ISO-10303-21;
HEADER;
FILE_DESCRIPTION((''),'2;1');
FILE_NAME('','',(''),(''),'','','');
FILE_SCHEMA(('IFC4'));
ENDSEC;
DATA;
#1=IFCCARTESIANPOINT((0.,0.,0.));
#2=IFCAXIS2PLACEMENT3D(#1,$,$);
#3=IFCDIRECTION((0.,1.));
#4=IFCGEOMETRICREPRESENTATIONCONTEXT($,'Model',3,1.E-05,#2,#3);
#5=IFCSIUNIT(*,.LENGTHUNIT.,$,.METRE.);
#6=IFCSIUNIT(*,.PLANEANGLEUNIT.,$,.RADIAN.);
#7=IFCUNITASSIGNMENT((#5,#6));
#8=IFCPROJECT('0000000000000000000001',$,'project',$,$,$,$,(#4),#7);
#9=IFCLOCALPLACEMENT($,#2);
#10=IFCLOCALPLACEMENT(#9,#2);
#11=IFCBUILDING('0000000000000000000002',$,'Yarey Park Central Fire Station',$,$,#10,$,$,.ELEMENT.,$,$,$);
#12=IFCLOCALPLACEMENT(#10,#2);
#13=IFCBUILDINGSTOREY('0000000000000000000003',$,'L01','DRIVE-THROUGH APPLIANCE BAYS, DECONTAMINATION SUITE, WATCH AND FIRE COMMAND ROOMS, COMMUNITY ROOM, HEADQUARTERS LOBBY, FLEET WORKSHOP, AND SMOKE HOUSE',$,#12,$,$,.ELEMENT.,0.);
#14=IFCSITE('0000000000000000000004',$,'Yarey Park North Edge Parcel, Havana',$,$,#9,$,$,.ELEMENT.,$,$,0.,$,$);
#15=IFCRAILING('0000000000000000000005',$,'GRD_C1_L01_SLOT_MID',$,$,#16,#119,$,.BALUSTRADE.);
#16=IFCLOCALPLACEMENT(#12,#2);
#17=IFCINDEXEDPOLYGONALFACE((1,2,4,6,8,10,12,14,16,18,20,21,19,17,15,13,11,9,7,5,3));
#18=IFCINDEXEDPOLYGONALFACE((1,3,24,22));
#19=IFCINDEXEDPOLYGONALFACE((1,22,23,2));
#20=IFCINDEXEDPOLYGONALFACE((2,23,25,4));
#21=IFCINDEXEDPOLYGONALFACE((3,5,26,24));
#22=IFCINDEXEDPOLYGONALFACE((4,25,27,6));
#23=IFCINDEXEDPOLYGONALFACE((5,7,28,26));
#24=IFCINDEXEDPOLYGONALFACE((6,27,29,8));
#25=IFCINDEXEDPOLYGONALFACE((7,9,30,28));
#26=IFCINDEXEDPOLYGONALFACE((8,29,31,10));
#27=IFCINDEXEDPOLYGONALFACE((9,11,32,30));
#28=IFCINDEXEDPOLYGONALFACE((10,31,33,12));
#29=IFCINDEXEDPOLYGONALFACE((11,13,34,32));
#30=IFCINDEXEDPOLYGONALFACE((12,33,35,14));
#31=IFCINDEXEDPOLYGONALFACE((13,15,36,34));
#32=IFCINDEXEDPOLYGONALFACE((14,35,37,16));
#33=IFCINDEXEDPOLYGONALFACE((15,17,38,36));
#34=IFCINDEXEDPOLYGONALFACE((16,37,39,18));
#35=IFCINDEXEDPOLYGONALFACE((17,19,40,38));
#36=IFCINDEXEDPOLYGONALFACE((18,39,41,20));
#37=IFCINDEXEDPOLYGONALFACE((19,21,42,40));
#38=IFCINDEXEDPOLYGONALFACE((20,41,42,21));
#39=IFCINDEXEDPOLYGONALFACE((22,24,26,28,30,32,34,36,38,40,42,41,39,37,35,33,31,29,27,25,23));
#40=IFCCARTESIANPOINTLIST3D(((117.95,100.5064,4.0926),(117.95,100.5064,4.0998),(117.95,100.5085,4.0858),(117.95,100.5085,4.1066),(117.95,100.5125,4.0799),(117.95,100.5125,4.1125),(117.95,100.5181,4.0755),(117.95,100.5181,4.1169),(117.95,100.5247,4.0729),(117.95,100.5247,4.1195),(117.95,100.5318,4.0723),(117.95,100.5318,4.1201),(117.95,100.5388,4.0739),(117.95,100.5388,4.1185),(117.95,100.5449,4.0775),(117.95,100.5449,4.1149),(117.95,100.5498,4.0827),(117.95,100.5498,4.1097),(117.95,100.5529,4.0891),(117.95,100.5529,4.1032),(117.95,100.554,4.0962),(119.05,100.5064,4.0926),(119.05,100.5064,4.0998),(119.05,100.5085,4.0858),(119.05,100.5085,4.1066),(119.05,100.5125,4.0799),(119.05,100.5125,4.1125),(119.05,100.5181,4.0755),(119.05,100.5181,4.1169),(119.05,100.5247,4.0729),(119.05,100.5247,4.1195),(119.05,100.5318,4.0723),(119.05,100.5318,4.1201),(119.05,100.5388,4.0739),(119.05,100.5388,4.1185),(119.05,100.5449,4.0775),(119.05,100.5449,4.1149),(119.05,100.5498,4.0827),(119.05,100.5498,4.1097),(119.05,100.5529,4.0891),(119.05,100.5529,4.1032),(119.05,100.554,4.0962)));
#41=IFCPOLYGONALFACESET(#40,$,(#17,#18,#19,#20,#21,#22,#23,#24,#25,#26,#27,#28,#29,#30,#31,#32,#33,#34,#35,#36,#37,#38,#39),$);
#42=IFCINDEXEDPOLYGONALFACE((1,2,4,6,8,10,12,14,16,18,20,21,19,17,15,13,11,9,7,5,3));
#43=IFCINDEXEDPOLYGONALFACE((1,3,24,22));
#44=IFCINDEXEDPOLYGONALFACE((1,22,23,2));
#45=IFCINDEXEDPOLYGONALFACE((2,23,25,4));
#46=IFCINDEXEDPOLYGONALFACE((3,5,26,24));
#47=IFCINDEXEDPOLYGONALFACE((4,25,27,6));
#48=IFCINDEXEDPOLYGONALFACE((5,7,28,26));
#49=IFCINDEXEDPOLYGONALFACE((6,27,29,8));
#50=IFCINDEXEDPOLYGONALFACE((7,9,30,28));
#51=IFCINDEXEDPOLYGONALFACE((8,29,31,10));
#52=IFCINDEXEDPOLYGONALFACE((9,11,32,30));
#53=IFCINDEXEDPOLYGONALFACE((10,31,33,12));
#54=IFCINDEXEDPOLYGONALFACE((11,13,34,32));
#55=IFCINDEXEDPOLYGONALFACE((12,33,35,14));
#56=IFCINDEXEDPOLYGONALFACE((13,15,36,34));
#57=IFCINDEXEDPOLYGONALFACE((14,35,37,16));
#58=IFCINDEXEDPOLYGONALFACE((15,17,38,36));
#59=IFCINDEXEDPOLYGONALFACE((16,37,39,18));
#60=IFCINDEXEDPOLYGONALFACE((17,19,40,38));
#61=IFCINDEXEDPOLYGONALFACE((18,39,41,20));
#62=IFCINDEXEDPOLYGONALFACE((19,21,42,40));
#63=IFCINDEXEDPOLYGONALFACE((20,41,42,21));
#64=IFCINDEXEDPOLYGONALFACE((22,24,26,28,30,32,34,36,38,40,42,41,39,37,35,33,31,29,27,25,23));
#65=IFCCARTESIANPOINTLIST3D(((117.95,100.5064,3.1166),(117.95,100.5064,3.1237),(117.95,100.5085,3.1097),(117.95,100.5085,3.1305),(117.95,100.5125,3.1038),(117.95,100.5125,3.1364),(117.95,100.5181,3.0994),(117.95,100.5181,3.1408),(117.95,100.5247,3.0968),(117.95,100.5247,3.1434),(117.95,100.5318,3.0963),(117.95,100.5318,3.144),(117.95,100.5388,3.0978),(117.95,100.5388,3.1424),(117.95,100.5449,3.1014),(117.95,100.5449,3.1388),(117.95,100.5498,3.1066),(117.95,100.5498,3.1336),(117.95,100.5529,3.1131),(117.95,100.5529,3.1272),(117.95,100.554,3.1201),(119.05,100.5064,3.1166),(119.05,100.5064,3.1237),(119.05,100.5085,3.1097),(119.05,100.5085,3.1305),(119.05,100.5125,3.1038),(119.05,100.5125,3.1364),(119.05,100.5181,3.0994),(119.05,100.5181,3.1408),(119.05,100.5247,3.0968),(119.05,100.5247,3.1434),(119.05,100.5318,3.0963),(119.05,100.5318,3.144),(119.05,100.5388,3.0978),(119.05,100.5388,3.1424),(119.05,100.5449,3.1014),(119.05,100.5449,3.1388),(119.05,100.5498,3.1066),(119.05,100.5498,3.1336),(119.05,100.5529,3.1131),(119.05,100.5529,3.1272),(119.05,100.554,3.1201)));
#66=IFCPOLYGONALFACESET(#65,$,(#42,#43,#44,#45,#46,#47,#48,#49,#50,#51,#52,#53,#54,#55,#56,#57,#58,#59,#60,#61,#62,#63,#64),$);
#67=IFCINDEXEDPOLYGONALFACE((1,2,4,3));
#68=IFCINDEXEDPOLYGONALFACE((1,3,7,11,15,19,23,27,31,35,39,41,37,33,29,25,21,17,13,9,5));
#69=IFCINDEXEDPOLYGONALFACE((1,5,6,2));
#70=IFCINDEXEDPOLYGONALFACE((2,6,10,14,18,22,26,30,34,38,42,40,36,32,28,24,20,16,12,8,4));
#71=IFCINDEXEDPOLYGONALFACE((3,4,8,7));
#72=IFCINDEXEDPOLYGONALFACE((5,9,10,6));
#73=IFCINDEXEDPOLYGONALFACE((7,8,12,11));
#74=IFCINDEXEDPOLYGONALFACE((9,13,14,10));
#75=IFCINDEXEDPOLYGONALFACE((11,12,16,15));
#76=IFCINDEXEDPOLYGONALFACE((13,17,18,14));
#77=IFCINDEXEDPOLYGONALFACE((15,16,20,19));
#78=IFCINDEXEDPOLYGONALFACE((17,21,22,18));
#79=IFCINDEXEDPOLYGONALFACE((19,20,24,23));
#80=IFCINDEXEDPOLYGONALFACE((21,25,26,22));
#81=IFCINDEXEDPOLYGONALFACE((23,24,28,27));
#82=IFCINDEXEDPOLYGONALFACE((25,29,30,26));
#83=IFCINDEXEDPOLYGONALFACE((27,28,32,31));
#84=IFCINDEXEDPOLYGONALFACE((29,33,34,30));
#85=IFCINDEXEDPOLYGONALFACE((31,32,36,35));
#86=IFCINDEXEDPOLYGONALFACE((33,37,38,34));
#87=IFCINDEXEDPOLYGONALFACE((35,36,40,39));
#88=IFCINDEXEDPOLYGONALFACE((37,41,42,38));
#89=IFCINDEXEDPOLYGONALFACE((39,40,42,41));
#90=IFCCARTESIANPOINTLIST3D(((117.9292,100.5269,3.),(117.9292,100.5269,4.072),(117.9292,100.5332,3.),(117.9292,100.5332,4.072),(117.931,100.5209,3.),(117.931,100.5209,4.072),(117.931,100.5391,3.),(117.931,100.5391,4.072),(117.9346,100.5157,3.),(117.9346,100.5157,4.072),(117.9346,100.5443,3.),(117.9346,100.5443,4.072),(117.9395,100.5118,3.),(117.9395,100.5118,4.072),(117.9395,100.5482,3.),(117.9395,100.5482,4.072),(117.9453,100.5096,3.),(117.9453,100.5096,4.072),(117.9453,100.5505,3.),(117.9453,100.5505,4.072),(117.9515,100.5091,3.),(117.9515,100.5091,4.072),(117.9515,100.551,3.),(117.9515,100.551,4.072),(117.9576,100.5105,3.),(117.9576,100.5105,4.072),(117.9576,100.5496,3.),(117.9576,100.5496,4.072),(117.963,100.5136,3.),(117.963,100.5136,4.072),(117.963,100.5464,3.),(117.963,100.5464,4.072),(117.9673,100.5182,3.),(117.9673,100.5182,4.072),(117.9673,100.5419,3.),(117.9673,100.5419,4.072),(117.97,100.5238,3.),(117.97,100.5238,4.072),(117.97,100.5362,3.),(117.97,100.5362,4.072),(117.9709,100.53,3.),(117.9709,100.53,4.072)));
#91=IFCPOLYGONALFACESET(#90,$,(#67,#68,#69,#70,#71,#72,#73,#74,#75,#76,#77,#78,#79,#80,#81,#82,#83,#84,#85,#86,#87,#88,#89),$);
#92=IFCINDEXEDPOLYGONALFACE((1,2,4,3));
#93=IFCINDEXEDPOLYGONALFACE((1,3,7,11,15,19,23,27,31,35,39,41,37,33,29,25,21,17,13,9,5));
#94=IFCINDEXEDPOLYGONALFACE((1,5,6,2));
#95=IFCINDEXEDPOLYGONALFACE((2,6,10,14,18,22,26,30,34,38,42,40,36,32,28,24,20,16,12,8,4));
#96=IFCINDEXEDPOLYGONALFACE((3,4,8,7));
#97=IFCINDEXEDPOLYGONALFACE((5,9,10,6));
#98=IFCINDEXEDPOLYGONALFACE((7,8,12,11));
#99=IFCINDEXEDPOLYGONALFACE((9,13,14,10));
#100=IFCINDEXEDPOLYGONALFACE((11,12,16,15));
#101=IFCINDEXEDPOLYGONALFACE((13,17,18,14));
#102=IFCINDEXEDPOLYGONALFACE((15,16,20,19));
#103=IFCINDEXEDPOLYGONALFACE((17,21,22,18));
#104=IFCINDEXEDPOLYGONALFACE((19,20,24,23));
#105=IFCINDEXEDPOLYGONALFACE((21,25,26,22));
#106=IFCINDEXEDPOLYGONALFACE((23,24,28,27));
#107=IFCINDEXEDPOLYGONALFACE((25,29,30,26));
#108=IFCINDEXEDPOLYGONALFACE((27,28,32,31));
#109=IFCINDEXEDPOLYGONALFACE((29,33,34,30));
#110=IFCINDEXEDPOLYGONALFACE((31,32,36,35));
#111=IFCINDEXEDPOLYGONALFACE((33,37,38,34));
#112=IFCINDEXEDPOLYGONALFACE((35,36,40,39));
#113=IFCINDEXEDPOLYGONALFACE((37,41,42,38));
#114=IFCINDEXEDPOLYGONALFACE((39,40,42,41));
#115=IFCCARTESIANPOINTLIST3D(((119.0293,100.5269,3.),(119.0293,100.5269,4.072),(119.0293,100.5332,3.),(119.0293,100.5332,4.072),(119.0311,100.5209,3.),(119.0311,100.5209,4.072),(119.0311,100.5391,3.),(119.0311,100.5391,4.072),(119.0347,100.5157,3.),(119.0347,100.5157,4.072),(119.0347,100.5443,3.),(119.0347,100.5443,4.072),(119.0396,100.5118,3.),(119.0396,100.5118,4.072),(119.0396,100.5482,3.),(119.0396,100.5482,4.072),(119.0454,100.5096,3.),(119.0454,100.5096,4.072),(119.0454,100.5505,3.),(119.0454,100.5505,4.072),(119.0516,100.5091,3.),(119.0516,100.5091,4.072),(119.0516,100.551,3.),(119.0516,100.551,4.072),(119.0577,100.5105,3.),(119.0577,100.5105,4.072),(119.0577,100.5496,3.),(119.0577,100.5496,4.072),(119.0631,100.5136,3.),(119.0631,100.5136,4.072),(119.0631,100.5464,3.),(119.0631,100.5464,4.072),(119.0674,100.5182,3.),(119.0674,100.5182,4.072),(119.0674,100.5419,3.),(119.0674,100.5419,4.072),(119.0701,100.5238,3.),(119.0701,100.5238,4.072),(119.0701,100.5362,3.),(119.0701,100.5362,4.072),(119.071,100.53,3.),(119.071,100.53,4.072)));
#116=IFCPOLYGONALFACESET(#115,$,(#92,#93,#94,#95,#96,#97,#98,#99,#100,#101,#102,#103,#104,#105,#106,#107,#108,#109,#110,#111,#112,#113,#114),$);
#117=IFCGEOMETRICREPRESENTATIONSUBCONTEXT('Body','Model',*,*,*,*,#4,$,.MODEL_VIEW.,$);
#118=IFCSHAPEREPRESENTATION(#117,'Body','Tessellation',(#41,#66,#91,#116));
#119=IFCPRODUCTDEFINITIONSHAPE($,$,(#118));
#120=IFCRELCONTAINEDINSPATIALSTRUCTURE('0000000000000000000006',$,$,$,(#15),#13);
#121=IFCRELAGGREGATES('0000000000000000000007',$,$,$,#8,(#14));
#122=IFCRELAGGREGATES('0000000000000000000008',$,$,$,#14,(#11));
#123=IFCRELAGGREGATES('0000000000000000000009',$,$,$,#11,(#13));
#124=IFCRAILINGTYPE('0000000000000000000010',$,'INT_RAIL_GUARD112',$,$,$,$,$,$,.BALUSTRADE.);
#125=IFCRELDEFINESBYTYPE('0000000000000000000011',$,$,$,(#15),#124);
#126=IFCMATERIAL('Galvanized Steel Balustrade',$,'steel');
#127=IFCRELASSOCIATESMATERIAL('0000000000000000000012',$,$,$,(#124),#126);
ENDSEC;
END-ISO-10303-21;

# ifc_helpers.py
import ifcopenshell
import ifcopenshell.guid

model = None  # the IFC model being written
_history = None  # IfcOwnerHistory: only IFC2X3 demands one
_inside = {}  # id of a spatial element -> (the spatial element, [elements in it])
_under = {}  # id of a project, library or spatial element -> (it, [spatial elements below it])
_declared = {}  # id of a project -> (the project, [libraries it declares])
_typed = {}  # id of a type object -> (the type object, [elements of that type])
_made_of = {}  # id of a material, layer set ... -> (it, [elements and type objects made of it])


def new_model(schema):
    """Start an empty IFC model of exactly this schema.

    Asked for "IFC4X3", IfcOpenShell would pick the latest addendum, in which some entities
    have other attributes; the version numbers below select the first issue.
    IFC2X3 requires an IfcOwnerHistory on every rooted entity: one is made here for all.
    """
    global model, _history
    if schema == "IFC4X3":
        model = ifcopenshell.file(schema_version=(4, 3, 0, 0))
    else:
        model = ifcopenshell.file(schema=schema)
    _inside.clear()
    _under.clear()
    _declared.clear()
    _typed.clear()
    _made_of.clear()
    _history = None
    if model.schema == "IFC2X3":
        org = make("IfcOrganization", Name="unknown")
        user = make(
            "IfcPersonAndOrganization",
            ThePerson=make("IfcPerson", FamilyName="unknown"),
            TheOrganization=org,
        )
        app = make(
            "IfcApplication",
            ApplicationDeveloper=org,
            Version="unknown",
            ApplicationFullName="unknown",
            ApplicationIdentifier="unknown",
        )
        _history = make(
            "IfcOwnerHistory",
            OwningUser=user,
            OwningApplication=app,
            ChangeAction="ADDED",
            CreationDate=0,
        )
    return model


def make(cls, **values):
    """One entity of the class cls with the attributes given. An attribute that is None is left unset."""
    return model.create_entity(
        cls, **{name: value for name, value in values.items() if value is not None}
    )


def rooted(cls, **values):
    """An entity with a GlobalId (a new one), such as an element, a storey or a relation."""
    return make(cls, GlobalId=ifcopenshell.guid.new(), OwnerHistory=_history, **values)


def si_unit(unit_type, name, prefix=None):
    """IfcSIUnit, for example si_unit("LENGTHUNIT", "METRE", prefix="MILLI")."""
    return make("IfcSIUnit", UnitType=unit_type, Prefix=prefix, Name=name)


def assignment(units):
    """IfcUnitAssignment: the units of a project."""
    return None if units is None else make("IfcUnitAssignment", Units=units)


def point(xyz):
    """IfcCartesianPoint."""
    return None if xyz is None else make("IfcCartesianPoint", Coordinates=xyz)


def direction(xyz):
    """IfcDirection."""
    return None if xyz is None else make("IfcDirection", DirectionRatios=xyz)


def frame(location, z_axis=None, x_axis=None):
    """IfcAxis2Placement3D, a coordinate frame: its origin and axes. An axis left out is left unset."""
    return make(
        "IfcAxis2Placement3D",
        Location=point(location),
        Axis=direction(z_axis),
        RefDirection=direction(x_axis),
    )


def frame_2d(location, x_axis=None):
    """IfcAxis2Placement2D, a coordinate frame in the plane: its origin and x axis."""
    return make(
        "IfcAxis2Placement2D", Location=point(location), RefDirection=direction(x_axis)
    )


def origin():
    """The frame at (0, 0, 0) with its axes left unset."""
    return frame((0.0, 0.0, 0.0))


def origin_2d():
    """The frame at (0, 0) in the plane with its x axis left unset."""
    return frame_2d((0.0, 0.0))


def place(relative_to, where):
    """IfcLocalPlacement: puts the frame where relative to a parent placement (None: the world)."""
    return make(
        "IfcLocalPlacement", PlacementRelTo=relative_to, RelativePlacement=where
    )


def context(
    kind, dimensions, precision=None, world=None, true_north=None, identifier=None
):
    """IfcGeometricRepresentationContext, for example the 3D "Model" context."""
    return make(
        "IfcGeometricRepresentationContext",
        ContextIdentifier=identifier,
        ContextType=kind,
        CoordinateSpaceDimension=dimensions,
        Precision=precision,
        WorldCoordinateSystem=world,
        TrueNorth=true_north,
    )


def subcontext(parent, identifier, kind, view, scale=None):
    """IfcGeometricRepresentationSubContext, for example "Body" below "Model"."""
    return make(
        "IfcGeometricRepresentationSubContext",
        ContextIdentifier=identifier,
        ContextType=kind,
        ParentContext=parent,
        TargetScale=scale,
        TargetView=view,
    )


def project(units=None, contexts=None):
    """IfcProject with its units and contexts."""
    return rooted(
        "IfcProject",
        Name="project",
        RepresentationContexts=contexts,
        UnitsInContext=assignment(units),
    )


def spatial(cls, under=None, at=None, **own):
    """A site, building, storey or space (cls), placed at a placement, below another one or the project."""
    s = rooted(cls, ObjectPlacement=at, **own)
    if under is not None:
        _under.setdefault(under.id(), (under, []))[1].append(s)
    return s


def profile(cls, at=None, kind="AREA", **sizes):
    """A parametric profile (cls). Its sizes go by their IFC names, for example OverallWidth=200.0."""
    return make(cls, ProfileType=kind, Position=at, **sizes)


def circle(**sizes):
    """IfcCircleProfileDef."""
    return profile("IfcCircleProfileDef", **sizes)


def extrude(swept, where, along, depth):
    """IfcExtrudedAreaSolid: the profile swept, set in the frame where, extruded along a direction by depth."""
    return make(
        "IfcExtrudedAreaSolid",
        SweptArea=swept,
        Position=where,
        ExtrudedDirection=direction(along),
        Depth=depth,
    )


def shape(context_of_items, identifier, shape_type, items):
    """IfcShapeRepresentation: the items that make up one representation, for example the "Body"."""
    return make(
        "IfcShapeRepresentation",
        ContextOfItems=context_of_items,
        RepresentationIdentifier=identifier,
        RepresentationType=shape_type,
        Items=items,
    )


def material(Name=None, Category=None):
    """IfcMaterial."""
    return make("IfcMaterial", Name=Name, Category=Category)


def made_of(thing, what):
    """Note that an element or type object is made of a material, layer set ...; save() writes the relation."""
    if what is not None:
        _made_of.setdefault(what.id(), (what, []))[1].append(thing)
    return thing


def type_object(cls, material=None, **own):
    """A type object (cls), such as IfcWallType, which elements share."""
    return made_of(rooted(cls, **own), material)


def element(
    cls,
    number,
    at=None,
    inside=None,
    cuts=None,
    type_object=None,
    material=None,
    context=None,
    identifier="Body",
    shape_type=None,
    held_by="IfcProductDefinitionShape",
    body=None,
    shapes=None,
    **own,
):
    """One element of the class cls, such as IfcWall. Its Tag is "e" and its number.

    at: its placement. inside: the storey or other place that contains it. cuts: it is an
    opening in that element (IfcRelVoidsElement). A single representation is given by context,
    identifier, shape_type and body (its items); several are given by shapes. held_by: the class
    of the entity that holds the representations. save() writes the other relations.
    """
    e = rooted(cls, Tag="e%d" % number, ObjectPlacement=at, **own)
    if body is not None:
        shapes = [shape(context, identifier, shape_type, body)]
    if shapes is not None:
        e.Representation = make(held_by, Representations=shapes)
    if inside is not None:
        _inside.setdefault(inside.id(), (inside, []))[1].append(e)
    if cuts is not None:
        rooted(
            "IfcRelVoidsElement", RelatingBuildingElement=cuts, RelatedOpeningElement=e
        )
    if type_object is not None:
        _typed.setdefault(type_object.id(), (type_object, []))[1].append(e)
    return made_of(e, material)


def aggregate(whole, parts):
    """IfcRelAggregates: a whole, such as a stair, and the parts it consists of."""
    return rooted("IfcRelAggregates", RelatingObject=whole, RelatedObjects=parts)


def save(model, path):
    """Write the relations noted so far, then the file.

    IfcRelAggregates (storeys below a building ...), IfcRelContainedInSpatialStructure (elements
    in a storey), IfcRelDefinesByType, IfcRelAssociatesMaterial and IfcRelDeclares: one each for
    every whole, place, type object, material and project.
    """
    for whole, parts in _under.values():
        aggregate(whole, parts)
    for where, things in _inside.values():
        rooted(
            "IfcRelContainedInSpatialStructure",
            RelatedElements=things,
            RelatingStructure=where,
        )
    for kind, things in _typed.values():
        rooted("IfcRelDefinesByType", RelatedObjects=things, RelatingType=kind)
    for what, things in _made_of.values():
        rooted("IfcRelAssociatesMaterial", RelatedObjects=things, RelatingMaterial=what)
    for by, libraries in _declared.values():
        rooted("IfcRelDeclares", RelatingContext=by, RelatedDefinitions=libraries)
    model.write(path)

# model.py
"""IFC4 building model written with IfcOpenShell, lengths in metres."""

from ifc_helpers import new_model, si_unit, direction, frame, origin, origin_2d, place, context, subcontext, project, spatial, circle, extrude, material, type_object, element, save


model = new_model("IFC4")

# Units and contexts
model_context = context("Model", 3, precision=1e-05, world=origin(), true_north=direction((0.0, 1.0)))
body_context = subcontext(model_context, "Body", "Model", "MODEL_VIEW")
ifc_project = project(units=[si_unit("LENGTHUNIT", "METRE"), si_unit("PLANEANGLEUNIT", "RADIAN")], contexts=[model_context])

# Site, building, storey
site_placement = place(None, origin())
site = spatial("IfcSite", under=ifc_project, at=site_placement, Name="Yarey Park North Edge Parcel, Havana", CompositionType="ELEMENT", RefElevation=0.0)
building_placement = place(site_placement, origin())
building = spatial("IfcBuilding", under=site, at=building_placement, Name="Yarey Park Central Fire Station", CompositionType="ELEMENT")
storey_placement = place(building_placement, origin())
storey = spatial("IfcBuildingStorey", under=building, at=storey_placement, Name="L01", Description="DRIVE-THROUGH APPLIANCE BAYS, DECONTAMINATION SUITE, WATCH AND FIRE COMMAND ROOMS, COMMUNITY ROOM, HEADQUARTERS LOBBY, FLEET WORKSHOP, AND SMOKE HOUSE", CompositionType="ELEMENT", Elevation=0.0)

# Railing
ifc_material_1 = material(Name="Galvanized Steel Balustrade", Category="steel")
railing_type_1 = type_object("IfcRailingType", Name="INT_RAIL_GUARD112", PredefinedType="BALUSTRADE", material=ifc_material_1)
railing_1_placement = place(storey_placement, frame((117.95, 100.53, 3.0)))
element("IfcRailing", 1, at=railing_1_placement, inside=storey, type_object=railing_type_1, Name="GRD_C1_L01_SLOT_MID", PredefinedType="BALUSTRADE", context=body_context, shape_type="SweptSolid", body=[
    extrude(circle(Radius=0.0239, at=origin_2d()), frame((0.0, 0.0, 1.0962), z_axis=(1.0, 0.0, 0.0), x_axis=(0.0, 1.0, 0.0)), (0.0, 0.0, 1.0), 1.1001),
    extrude(circle(Radius=0.0239, at=origin_2d()), frame((0.0, 0.0, 0.1201), z_axis=(1.0, 0.0, 0.0), x_axis=(0.0, 1.0, 0.0)), (0.0, 0.0, 1.0), 1.1001),
    extrude(circle(Radius=0.021, at=origin_2d()), origin(), (0.0, 0.0, 1.0), 1.072),
    extrude(circle(Radius=0.021, at=origin_2d()), frame((1.1001, 0.0, 0.0)), (0.0, 0.0, 1.0), 1.072),
])

save(model, "model.ifc")
